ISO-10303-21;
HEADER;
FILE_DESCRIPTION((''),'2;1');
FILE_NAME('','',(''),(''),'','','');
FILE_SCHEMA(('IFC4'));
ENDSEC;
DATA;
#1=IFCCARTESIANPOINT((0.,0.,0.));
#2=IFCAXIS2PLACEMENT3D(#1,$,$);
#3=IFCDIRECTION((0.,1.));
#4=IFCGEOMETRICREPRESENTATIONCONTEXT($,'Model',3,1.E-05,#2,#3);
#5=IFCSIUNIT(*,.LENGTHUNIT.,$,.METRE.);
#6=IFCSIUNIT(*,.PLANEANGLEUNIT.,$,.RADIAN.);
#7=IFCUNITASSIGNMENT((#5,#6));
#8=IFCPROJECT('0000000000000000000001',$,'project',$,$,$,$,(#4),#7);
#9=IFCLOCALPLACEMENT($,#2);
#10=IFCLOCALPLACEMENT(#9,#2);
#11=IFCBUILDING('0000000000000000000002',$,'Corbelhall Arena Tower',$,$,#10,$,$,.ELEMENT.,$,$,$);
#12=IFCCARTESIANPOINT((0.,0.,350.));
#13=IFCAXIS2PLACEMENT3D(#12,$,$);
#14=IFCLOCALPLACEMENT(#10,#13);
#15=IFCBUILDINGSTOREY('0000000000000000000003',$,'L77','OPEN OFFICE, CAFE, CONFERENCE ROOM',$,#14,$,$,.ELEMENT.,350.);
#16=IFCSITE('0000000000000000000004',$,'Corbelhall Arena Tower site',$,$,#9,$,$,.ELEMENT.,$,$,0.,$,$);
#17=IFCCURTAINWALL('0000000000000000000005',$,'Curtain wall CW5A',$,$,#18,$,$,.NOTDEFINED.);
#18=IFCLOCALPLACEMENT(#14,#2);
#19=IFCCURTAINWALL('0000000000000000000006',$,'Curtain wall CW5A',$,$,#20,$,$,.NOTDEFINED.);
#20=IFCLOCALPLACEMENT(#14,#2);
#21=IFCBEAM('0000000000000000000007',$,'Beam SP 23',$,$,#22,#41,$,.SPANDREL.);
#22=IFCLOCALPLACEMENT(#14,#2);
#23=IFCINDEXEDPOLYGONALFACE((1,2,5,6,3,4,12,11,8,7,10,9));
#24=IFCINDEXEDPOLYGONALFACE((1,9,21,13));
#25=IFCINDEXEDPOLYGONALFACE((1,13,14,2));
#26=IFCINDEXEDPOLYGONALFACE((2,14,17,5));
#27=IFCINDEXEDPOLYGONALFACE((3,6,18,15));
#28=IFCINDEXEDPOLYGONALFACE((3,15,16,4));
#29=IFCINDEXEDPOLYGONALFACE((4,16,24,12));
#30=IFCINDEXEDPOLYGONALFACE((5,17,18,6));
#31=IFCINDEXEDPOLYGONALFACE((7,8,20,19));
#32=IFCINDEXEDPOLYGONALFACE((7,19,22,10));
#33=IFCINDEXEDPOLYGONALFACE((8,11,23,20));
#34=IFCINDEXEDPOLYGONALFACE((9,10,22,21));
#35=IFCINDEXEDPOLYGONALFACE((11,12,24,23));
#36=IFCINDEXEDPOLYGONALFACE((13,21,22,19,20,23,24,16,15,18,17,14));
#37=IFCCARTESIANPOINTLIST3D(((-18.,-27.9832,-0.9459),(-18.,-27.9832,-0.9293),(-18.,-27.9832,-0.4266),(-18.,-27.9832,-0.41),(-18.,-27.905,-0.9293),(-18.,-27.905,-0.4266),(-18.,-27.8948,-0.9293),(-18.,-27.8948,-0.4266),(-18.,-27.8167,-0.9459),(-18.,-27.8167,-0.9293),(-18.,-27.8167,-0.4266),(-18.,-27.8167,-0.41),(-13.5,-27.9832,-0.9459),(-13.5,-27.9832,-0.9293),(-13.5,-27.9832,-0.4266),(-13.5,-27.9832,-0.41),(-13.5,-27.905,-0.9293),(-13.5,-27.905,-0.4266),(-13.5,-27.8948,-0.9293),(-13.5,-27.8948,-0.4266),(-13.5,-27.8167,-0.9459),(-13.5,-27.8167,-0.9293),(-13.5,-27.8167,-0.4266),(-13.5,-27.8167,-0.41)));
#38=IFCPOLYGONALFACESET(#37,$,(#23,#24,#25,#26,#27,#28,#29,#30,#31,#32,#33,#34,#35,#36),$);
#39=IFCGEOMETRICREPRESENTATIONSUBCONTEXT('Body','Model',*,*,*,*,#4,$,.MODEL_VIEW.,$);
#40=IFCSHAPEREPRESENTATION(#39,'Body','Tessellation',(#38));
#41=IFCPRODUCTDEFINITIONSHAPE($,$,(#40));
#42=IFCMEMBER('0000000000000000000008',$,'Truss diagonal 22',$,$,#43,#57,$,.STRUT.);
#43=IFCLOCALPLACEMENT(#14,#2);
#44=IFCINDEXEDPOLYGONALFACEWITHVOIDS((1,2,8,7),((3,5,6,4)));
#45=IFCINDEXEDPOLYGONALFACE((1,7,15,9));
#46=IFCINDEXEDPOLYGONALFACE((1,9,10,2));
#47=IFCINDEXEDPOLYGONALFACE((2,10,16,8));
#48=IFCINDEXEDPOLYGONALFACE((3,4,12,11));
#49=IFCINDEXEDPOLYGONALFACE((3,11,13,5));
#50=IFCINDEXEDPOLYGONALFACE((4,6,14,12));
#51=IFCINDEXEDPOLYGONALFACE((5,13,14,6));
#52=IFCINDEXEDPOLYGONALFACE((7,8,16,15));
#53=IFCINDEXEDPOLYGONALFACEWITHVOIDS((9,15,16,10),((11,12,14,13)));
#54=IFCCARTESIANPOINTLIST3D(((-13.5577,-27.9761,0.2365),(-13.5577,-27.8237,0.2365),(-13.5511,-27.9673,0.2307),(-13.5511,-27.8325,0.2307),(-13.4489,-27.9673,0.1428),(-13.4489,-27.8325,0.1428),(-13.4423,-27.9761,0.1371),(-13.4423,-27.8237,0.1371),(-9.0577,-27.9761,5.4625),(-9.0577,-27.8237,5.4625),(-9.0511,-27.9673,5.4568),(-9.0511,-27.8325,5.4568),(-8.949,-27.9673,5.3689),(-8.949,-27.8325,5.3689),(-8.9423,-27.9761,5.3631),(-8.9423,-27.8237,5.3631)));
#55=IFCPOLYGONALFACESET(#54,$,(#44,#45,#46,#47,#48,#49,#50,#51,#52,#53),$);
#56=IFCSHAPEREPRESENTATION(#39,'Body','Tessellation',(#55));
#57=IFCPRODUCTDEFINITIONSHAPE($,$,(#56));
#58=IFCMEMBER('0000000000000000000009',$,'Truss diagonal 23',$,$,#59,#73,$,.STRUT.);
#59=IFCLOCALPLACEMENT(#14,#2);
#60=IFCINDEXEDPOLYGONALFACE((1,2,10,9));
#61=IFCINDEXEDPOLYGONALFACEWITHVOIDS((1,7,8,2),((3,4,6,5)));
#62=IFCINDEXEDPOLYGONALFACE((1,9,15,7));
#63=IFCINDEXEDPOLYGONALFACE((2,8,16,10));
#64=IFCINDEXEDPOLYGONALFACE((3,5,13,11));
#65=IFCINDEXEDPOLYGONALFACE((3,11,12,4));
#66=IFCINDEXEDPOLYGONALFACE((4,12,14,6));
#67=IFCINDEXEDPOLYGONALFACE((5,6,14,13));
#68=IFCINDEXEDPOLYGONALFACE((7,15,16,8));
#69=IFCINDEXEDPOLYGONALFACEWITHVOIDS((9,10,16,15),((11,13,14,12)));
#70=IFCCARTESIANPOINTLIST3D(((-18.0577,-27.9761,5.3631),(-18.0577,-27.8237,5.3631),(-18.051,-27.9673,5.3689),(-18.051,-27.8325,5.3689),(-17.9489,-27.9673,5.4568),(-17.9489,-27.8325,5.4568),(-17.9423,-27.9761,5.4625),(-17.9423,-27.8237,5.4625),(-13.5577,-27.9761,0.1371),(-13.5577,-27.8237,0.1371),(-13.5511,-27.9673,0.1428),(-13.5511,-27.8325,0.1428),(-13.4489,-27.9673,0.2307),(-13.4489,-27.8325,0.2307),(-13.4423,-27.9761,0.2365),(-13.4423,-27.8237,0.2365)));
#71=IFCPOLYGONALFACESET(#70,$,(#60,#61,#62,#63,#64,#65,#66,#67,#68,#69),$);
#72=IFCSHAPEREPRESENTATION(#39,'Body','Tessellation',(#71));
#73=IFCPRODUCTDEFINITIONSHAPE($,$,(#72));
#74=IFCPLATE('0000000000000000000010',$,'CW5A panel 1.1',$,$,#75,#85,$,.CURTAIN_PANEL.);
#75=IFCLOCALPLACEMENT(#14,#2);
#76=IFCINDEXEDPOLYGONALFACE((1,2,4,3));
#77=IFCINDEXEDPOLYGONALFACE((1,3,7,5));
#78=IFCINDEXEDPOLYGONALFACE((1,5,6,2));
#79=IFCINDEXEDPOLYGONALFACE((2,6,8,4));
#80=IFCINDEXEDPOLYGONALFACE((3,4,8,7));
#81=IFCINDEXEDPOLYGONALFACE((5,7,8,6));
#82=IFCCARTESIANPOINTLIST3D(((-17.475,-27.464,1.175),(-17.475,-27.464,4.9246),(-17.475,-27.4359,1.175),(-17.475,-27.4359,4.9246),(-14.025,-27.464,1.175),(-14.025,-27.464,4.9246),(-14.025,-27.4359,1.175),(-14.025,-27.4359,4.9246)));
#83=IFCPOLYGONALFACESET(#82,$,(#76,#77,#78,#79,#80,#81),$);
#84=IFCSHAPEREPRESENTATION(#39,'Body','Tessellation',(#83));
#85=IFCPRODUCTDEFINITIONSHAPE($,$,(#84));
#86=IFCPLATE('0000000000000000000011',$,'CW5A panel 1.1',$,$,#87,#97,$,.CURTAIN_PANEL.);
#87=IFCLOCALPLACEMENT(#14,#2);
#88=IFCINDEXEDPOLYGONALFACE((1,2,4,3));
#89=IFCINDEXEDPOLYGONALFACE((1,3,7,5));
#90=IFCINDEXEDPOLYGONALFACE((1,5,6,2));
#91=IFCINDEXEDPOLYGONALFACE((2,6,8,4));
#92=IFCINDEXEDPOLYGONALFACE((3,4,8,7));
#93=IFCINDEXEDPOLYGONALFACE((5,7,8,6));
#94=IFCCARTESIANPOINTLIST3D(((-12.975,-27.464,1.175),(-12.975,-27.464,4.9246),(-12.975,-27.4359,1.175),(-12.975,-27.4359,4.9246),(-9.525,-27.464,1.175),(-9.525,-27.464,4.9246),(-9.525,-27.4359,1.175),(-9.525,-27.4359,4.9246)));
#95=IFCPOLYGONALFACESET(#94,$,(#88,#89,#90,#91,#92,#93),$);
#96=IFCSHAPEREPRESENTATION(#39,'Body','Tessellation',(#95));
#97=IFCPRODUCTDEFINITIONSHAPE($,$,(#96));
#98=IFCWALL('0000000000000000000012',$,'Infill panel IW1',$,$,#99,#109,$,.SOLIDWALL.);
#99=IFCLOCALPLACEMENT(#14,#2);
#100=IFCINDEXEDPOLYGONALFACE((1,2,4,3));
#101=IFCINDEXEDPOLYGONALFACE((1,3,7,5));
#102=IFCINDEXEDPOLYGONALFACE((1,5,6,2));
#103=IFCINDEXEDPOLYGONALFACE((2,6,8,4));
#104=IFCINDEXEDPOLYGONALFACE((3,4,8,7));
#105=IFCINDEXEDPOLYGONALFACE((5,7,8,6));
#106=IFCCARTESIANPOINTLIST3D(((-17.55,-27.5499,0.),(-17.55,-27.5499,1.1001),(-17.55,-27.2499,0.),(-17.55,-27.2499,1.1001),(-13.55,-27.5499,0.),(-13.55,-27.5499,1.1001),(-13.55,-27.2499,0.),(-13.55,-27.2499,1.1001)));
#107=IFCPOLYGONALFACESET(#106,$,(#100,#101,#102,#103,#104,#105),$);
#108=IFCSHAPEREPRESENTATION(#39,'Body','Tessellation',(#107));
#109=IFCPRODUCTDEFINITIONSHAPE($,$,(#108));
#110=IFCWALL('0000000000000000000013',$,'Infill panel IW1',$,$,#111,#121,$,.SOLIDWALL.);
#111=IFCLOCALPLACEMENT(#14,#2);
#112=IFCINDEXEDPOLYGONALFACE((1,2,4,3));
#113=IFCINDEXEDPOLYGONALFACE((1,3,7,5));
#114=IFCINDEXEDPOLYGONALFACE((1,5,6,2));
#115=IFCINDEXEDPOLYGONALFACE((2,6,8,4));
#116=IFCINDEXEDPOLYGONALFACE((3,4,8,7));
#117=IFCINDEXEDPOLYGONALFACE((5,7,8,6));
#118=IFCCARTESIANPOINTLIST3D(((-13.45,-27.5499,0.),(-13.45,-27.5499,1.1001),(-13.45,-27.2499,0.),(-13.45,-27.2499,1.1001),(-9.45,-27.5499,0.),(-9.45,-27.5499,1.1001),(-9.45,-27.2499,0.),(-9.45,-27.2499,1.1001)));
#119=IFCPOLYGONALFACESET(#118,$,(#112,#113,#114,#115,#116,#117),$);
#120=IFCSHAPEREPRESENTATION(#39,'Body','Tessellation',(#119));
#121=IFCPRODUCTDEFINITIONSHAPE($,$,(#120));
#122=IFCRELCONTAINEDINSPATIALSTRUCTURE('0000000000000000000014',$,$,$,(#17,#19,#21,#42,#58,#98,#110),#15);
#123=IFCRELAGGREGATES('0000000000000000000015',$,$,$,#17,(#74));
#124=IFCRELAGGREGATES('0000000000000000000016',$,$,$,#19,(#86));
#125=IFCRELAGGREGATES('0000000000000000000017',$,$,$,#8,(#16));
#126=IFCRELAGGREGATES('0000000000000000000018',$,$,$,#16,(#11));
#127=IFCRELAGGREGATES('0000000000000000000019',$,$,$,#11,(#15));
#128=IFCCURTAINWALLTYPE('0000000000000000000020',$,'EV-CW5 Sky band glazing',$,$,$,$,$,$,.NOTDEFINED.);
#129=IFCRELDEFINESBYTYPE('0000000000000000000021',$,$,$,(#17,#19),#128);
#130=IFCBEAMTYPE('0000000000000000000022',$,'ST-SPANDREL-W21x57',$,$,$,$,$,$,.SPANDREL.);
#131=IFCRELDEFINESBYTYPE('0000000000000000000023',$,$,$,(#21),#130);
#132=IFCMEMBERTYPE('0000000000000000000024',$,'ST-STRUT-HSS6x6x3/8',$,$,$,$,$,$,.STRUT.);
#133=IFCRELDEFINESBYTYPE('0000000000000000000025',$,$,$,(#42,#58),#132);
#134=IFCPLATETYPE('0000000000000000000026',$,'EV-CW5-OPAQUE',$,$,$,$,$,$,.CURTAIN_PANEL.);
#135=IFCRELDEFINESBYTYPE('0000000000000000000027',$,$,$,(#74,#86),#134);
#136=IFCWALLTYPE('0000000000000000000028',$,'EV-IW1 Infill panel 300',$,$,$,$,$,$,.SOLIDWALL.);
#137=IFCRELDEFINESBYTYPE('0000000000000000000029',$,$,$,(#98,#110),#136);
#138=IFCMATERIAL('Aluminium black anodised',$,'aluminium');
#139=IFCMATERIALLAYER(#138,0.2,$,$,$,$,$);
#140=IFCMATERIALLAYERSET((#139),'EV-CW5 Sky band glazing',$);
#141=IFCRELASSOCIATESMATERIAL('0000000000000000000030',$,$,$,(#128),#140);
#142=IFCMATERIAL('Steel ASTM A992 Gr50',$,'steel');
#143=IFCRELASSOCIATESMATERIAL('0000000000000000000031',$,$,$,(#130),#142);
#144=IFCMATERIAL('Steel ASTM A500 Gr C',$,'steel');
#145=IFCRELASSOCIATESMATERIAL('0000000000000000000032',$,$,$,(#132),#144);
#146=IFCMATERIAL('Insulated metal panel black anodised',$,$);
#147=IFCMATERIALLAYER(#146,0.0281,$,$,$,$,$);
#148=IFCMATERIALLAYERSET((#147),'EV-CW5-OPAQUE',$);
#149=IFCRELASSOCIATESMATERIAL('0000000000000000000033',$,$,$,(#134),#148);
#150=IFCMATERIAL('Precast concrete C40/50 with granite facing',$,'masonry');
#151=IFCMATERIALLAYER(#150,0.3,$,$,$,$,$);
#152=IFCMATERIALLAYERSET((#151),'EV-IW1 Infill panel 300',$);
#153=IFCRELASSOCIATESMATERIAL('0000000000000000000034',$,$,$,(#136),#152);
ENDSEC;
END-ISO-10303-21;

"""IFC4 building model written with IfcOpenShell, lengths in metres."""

from ifc_helpers import new_model, si_unit, direction, frame, frame_2d, origin, origin_2d, place, context, subcontext, project, spatial, rectangle, hollow_rectangle, i_section, extrude, material, layer, layer_set, material_profile, profile_set, type_object, element, aggregate, save


model = new_model("IFC4")

# Units and contexts
model_context = context("Model", 3, precision=1e-05, world=origin(), true_north=direction((0.0, 1.0)))
body_context = subcontext(model_context, "Body", "Model", "MODEL_VIEW")
ifc_project = project(units=[si_unit("LENGTHUNIT", "METRE"), si_unit("PLANEANGLEUNIT", "RADIAN")], contexts=[model_context])

# Site, building, storey
site_placement = place(None, origin())
site = spatial("IfcSite", under=ifc_project, at=site_placement, Name="Corbelhall Arena Tower site", CompositionType="ELEMENT", RefElevation=0.0)
building_placement = place(site_placement, origin())
building = spatial("IfcBuilding", under=site, at=building_placement, Name="Corbelhall Arena Tower", CompositionType="ELEMENT")
storey_placement = place(building_placement, frame((0.0, 0.0, 350.0)))
storey = spatial("IfcBuildingStorey", under=building, at=storey_placement, Name="L77", Description="OPEN OFFICE, CAFE, CONFERENCE ROOM", CompositionType="ELEMENT", Elevation=350.0)

# Curtain walls
ifc_material_1 = material(Name="Aluminium black anodised", Category="aluminium")
ifc_layer_1 = layer(ifc_material_1, 0.2)
ifc_layer_set_1 = layer_set([ifc_layer_1], Name="EV-CW5 Sky band glazing")
curtain_wall_type = type_object("IfcCurtainWallType", Name="EV-CW5 Sky band glazing", PredefinedType="NOTDEFINED", material=ifc_layer_set_1)
curtain_wall_1_placement = place(storey_placement, origin())
curtain_wall_1 = element("IfcCurtainWall", 1, at=curtain_wall_1_placement, inside=storey, type_object=curtain_wall_type, Name="Curtain wall CW5A", PredefinedType="NOTDEFINED")
curtain_wall_2_placement = place(storey_placement, origin())
curtain_wall_2 = element("IfcCurtainWall", 2, at=curtain_wall_2_placement, inside=storey, type_object=curtain_wall_type, Name="Curtain wall CW5A", PredefinedType="NOTDEFINED")

# Shared definitions
ifc_material_2 = material(Name="Steel ASTM A992 Gr50", Category="steel")

# Beam
ifc_material_profile_1 = material_profile(ifc_material_2, i_section(OverallWidth=0.1665, OverallDepth=0.5359, WebThickness=0.0103, FlangeThickness=0.0166, at=origin_2d()))
ifc_profile_set_1 = profile_set([ifc_material_profile_1], Name="Steel ASTM A992 Gr50")
beam_type = type_object("IfcBeamType", Name="ST-SPANDREL-W21x57", PredefinedType="SPANDREL", material=ifc_profile_set_1)
beam_placement = place(storey_placement, frame((-13.5, -27.8999, -0.678), z_axis=(-1.0, 0.0, 0.0), x_axis=(0.0, -1.0, 0.0)))
element("IfcBeam", 3, at=beam_placement, inside=storey, type_object=beam_type, Name="Beam SP 23", PredefinedType="SPANDREL", context=body_context, shape_type="SweptSolid", body=[
    extrude(i_section(OverallWidth=0.1665, OverallDepth=0.5359, WebThickness=0.0103, FlangeThickness=0.0166, at=origin_2d()), origin(), (0.0, 0.0, 1.0), 4.5),
])

# Members
ifc_material_3 = material(Name="Steel ASTM A500 Gr C", Category="steel")
ifc_material_profile_2 = material_profile(ifc_material_3, hollow_rectangle(XDim=0.1523, YDim=0.1523, WallThickness=0.0088, at=origin_2d()))
ifc_profile_set_2 = profile_set([ifc_material_profile_2], Name="Steel ASTM A500 Gr C")
member_type_1 = type_object("IfcMemberType", Name="ST-STRUT-HSS6x6x3/8", PredefinedType="STRUT", material=ifc_profile_set_2)
for number, where, z_axis, x_axis, name in (
    (4, (-13.5, -27.8999, 0.1868), (0.652504, 0.0, 0.757785), (0.0, 1.0, 0.0), "Truss diagonal 22"),
    (5, (-13.5, -27.8999, 0.1868), (-0.652504, 0.0, 0.757785), (0.0, -1.0, 0.0), "Truss diagonal 23"),
):
    element("IfcMember", number, at=place(storey_placement, frame(where, z_axis=z_axis, x_axis=x_axis)), inside=storey, type_object=member_type_1, Name=name, PredefinedType="STRUT", context=body_context, shape_type="SweptSolid", body=[
        extrude(hollow_rectangle(XDim=0.1523, YDim=0.1523, WallThickness=0.0088, at=origin_2d()), origin(), (0.0, 0.0, 1.0), 6.8965),
    ])

# Plates
ifc_material_4 = material(Name="Insulated metal panel black anodised")
ifc_layer_2 = layer(ifc_material_4, 0.0281)
ifc_layer_set_2 = layer_set([ifc_layer_2], Name="EV-CW5-OPAQUE")
plate_type = type_object("IfcPlateType", Name="EV-CW5-OPAQUE", PredefinedType="CURTAIN_PANEL", material=ifc_layer_set_2)
plate_1_placement = place(storey_placement, frame((-15.75, -27.45, 1.175), z_axis=(0.0, 0.0, 1.0), x_axis=(1.0, 0.0, 0.0)))
plate_1 = element("IfcPlate", 6, at=plate_1_placement, type_object=plate_type, Name="CW5A panel 1.1", PredefinedType="CURTAIN_PANEL", context=body_context, shape_type="SweptSolid", body=[
    extrude(rectangle(XDim=3.45, YDim=0.0281, at=origin_2d()), origin(), (0.0, 0.0, 1.0), 3.7495),
])
aggregate(curtain_wall_1, [plate_1])
plate_2_placement = place(storey_placement, frame((-11.25, -27.45, 1.175), z_axis=(0.0, 0.0, 1.0), x_axis=(1.0, 0.0, 0.0)))
plate_2 = element("IfcPlate", 7, at=plate_2_placement, type_object=plate_type, Name="CW5A panel 1.1", PredefinedType="CURTAIN_PANEL", context=body_context, shape_type="SweptSolid", body=[
    extrude(rectangle(XDim=3.45, YDim=0.0281, at=origin_2d()), origin(), (0.0, 0.0, 1.0), 3.7495),
])
aggregate(curtain_wall_2, [plate_2])

# Walls
ifc_material_5 = material(Name="Precast concrete C40/50 with granite facing", Category="masonry")
ifc_layer_3 = layer(ifc_material_5, 0.3)
ifc_layer_set_3 = layer_set([ifc_layer_3], Name="EV-IW1 Infill panel 300")
wall_type_1 = type_object("IfcWallType", Name="EV-IW1 Infill panel 300", PredefinedType="SOLIDWALL", material=ifc_layer_set_3)
for number, where, z_axis, x_axis, name in (
    (8, (-17.55, -27.3999, 0.0), (0.0, 0.0, 1.0), (1.0, 0.0, 0.0), "Infill panel IW1"),
    (9, (-13.45, -27.3999, 0.0), (0.0, 0.0, 1.0), (1.0, 0.0, 0.0), "Infill panel IW1"),
):
    element("IfcWall", number, at=place(storey_placement, frame(where, z_axis=z_axis, x_axis=x_axis)), inside=storey, type_object=wall_type_1, Name=name, PredefinedType="SOLIDWALL", context=body_context, shape_type="SweptSolid", body=[
        extrude(rectangle(XDim=4.0, YDim=0.3, at=frame_2d((2.0, 0.0))), origin(), (0.0, 0.0, 1.0), 1.1001),
    ])

save(model, "model.ifc")
